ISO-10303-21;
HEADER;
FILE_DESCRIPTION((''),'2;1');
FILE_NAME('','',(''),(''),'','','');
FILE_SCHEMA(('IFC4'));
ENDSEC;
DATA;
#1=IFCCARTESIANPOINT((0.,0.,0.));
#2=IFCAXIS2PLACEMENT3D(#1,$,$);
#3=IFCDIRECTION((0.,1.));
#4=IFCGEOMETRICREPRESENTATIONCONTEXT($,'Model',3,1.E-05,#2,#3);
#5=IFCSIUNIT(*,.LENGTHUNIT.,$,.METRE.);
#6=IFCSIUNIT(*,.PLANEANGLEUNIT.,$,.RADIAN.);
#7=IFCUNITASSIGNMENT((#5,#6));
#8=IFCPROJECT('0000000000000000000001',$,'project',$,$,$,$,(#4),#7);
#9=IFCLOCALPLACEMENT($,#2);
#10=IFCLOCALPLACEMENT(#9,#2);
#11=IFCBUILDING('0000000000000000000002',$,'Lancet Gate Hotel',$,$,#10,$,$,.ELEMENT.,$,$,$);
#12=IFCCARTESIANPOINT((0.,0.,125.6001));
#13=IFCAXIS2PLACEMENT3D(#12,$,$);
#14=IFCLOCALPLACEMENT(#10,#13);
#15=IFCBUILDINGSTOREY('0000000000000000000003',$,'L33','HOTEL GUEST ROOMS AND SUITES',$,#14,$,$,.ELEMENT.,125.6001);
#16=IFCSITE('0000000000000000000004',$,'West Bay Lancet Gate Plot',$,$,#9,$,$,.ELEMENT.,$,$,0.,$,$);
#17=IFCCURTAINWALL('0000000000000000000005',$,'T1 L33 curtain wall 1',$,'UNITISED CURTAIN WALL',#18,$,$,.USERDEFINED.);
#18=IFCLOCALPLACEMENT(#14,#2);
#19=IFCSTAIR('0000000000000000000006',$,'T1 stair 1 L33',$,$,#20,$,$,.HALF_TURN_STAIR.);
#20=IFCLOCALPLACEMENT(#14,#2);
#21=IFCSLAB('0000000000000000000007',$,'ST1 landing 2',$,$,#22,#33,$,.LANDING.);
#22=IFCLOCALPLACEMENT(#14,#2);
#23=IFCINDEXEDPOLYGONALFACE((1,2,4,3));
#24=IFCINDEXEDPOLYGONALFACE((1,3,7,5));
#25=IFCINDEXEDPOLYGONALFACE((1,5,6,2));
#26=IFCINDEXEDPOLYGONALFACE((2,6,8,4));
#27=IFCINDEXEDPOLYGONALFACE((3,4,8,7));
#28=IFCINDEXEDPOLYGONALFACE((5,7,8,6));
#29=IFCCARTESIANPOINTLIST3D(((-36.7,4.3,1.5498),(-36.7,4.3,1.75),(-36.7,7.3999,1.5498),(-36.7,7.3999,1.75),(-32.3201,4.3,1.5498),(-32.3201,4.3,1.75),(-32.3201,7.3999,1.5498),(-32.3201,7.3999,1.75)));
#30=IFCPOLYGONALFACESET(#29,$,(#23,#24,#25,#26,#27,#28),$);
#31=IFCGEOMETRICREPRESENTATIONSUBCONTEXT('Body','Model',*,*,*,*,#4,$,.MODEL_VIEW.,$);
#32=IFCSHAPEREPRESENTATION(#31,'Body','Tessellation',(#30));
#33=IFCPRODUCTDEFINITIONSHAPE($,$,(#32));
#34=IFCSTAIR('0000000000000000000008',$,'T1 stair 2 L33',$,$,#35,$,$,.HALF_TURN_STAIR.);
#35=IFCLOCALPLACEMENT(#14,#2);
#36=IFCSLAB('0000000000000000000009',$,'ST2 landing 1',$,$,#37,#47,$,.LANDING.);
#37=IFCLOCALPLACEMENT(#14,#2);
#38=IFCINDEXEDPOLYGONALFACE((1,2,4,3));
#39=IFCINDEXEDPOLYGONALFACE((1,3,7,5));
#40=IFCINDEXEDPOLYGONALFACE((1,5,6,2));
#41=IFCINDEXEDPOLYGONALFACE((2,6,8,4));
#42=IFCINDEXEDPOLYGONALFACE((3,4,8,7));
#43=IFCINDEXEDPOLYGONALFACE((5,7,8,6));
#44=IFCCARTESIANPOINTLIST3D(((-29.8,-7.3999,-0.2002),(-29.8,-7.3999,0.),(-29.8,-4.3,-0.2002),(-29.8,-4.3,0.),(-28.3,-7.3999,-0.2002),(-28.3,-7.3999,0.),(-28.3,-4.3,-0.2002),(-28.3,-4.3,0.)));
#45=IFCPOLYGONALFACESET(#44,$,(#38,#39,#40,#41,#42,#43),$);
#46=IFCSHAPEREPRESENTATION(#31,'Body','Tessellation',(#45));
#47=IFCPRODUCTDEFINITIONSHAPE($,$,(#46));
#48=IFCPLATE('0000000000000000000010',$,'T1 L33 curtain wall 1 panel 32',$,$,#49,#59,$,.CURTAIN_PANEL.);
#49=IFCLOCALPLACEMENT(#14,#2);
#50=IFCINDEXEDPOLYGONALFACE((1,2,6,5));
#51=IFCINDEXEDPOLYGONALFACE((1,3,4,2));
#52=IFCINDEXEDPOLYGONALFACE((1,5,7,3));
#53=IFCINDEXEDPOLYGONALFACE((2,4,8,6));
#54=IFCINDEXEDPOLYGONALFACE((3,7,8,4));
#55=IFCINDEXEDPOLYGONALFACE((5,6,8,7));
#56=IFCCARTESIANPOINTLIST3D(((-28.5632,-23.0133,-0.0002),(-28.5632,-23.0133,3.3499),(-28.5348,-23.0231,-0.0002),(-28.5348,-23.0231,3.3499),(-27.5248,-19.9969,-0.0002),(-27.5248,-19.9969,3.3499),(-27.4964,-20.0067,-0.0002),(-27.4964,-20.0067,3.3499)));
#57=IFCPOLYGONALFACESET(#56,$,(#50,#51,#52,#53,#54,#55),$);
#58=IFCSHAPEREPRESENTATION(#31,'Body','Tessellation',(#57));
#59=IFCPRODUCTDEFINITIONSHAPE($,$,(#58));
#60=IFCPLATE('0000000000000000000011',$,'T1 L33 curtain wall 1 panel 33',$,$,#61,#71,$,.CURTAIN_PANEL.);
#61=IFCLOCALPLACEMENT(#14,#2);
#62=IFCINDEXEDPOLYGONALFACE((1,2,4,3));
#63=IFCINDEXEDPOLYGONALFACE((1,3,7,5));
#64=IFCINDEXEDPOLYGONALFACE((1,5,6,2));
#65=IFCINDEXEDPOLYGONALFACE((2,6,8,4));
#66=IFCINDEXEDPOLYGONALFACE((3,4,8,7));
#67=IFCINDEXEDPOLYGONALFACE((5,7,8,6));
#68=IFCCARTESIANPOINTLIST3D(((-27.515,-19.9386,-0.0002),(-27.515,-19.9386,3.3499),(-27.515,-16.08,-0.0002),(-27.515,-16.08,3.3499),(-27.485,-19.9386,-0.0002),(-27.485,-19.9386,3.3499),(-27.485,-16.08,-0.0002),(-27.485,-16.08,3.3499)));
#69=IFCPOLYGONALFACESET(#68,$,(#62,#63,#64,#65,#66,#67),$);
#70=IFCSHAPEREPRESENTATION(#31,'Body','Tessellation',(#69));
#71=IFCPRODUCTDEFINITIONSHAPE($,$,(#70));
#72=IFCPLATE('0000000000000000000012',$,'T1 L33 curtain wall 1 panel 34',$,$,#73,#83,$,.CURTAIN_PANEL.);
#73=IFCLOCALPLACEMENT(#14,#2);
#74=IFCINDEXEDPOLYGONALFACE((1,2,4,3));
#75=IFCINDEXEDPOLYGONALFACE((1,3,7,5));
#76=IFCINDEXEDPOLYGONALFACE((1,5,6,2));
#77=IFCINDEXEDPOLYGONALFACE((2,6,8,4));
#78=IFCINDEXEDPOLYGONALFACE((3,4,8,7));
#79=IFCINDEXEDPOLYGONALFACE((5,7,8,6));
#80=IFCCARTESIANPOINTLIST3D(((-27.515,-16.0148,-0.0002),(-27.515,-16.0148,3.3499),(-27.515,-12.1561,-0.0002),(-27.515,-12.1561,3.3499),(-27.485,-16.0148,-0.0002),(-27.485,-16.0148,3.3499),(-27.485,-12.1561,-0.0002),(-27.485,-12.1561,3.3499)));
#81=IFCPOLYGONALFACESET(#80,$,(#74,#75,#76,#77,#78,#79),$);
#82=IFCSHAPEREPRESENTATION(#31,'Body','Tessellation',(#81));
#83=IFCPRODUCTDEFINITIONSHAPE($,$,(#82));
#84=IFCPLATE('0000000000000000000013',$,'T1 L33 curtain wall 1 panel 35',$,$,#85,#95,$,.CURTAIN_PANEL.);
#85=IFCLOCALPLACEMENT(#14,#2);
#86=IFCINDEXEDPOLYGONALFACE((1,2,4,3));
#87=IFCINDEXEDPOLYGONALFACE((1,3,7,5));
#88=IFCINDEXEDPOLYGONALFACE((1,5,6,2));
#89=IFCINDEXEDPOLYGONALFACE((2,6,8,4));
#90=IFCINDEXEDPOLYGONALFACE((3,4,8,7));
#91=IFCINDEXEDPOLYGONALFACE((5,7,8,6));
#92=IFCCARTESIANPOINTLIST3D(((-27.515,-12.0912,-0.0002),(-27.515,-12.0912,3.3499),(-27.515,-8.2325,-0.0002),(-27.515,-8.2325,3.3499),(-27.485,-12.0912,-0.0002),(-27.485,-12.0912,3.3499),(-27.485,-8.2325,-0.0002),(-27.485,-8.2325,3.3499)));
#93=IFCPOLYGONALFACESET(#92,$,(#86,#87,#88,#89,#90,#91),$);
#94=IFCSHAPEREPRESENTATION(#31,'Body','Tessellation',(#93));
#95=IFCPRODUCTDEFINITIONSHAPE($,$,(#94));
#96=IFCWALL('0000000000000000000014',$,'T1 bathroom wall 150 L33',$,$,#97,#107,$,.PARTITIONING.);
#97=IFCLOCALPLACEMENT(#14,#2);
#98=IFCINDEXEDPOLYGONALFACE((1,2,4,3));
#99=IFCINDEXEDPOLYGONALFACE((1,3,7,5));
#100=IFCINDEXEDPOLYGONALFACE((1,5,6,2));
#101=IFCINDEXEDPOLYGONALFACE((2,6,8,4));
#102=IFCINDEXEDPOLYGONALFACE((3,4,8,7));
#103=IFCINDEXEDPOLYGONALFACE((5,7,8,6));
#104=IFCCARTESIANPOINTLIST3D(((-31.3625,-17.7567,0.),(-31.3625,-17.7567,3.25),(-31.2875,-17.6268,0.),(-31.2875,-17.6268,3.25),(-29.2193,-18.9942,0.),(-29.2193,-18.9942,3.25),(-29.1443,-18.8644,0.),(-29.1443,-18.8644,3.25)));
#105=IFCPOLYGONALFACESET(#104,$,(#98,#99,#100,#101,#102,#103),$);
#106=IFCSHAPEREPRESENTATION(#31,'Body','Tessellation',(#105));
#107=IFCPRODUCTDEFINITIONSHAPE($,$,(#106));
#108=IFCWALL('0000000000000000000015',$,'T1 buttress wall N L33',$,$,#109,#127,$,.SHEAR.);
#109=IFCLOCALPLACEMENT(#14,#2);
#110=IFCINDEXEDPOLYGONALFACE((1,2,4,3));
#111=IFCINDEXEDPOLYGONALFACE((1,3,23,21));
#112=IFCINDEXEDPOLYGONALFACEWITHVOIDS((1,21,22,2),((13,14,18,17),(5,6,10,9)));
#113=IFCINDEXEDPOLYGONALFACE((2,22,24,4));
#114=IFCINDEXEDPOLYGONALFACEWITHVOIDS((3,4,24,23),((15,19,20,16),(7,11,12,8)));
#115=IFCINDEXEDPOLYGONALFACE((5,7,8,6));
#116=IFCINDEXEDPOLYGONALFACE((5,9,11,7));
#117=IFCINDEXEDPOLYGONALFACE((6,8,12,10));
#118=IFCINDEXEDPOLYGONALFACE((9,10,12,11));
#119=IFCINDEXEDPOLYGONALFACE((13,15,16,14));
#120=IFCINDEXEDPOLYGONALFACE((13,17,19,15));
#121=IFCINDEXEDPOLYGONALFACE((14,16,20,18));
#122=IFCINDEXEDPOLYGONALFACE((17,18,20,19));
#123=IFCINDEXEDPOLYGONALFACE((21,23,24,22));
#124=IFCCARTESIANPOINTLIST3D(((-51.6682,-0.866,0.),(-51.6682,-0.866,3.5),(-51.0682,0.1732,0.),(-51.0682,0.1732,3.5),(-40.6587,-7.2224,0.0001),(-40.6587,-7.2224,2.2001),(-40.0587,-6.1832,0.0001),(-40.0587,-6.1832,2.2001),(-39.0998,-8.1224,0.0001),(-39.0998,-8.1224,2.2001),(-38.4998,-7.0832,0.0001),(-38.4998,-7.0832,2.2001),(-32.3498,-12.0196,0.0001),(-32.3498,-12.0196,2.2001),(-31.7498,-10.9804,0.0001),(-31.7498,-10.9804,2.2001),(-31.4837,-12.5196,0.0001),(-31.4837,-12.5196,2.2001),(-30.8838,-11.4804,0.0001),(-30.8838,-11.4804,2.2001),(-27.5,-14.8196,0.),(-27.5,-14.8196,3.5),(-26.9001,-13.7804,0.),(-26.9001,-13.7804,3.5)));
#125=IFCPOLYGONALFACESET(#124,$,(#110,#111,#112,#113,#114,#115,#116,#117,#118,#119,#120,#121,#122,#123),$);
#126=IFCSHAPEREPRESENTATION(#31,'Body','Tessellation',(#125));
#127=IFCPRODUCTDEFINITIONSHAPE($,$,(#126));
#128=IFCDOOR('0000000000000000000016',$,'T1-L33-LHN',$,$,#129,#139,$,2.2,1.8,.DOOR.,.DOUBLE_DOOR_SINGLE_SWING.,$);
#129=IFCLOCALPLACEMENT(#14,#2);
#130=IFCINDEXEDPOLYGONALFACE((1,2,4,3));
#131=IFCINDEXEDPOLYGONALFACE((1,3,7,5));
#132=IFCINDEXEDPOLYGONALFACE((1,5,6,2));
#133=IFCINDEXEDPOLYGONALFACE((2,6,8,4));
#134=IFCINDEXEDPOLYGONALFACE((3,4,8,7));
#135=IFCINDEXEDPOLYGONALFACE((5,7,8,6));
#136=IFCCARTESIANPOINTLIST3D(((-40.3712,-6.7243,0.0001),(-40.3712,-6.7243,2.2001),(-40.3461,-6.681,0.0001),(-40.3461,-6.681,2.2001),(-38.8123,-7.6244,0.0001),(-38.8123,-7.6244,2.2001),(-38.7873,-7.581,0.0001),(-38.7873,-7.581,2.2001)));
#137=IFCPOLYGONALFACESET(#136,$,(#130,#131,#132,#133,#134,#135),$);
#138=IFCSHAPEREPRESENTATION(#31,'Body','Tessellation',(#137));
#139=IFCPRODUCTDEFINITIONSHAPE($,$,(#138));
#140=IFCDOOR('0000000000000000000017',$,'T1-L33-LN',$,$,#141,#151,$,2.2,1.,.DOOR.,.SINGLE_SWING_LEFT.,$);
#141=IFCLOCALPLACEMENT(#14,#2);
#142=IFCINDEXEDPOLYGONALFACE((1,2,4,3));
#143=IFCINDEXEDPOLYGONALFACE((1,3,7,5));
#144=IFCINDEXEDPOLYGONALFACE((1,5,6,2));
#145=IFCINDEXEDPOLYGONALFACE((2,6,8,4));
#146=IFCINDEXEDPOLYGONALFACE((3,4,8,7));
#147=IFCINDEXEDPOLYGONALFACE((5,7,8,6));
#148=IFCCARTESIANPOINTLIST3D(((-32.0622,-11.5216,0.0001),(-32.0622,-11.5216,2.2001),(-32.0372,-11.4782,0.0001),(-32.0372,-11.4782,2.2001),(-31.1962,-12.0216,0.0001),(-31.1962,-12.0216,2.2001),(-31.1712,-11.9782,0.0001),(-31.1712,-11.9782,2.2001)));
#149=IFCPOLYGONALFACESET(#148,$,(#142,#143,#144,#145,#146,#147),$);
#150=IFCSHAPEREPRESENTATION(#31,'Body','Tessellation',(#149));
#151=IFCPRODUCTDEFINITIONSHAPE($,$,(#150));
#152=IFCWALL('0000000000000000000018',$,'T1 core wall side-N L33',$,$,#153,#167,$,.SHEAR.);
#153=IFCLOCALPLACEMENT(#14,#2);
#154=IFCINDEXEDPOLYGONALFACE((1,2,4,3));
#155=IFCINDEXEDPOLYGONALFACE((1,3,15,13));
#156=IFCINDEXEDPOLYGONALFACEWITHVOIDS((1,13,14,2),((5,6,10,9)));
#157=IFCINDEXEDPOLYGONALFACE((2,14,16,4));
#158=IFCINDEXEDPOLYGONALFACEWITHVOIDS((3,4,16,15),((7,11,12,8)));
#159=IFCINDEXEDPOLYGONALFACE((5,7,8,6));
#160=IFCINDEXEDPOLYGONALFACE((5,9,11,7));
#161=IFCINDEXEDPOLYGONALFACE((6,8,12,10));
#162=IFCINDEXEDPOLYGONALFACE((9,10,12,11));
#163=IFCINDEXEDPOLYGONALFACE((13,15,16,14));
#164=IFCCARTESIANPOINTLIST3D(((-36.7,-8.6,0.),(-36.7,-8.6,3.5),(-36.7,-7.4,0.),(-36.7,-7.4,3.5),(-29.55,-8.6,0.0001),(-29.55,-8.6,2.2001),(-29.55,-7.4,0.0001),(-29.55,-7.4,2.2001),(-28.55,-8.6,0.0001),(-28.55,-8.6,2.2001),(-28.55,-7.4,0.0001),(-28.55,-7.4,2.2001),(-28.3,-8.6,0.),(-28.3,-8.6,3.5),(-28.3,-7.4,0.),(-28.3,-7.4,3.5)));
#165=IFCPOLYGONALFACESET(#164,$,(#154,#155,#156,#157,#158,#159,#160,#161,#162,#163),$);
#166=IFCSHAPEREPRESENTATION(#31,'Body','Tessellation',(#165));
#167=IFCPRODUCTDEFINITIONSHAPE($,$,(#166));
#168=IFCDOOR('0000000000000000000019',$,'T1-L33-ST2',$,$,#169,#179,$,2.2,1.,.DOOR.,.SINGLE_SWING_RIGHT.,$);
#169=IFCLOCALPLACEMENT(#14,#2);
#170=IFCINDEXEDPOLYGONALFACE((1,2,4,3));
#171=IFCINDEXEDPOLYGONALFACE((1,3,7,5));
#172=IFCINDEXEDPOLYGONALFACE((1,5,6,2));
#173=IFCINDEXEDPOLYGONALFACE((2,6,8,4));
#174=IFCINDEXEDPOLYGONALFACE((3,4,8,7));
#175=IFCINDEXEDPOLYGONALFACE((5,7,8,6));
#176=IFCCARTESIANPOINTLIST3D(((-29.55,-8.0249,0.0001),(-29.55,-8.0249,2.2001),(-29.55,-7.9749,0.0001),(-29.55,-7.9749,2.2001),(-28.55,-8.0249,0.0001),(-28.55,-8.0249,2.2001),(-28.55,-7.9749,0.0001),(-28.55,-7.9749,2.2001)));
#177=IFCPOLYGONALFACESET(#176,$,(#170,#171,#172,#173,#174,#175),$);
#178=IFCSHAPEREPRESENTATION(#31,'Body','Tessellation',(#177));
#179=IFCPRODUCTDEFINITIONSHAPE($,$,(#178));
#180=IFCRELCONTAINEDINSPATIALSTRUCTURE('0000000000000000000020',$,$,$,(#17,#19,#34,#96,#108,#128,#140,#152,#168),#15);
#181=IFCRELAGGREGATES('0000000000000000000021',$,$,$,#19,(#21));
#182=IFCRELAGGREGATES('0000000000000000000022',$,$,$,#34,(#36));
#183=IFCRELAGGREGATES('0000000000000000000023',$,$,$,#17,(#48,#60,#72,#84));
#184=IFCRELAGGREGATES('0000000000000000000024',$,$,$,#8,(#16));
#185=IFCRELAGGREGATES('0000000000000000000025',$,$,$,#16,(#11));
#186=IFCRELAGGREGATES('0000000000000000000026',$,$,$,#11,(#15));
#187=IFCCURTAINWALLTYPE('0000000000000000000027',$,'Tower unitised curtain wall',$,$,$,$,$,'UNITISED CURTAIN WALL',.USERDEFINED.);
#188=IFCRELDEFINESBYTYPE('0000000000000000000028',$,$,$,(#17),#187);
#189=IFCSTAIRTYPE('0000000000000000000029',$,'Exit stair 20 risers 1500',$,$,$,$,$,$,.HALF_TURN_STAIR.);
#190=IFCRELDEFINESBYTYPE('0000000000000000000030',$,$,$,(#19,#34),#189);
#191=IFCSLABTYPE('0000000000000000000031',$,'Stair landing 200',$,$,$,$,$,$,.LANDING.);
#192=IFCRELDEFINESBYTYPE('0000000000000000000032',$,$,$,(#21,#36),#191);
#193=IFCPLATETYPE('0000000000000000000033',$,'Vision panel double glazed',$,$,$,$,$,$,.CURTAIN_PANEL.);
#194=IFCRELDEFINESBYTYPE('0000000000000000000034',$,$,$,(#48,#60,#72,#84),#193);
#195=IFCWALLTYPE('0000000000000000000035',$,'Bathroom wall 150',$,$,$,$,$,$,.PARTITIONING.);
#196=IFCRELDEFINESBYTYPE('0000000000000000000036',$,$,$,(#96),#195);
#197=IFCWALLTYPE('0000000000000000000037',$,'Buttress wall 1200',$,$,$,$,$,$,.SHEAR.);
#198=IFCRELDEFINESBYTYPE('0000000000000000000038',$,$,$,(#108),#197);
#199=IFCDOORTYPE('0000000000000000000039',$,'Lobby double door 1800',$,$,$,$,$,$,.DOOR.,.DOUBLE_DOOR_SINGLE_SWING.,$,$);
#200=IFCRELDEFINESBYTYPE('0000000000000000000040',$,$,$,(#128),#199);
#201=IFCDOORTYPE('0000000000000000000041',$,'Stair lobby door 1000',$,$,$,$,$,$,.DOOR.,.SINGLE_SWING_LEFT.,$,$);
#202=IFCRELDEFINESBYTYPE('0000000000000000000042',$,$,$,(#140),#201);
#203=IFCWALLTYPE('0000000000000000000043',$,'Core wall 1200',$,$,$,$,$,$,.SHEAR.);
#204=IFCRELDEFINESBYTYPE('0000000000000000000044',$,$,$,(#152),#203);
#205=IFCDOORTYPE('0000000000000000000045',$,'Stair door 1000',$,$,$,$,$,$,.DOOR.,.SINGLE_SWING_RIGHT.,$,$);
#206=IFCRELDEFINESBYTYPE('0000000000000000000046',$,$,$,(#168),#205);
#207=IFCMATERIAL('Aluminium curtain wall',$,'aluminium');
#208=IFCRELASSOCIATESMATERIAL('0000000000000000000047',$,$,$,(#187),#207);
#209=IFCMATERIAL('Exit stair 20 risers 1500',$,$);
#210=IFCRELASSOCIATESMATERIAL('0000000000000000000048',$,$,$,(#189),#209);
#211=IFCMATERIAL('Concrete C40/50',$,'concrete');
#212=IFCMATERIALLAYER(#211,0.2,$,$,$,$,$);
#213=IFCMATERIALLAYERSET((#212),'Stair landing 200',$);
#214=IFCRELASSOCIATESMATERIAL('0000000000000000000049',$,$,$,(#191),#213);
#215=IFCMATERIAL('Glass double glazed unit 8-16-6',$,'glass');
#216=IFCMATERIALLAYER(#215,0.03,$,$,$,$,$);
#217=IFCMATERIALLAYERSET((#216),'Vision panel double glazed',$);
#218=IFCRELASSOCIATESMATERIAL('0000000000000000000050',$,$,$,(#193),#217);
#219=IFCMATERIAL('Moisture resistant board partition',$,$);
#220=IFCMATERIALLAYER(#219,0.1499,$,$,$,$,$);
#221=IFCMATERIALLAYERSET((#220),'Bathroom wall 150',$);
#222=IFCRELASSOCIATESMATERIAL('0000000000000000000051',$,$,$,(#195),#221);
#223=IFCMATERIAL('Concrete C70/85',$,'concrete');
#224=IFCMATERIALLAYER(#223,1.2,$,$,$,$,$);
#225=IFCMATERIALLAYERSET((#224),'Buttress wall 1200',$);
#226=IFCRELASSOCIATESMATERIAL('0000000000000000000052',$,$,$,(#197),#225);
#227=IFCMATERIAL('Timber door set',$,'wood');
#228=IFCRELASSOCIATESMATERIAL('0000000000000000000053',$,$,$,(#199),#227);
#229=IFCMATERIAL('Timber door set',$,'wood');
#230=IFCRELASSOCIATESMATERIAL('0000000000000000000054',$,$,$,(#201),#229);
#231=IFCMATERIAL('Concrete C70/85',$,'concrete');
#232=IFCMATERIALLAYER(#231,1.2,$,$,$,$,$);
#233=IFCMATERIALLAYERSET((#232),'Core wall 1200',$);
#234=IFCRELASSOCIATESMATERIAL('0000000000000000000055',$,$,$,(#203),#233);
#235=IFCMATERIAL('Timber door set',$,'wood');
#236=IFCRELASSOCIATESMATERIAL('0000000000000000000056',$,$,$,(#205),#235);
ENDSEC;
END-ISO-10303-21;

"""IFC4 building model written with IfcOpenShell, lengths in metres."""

from ifc_helpers import new_model, si_unit, direction, frame, frame_2d, origin, origin_2d, place, context, subcontext, project, spatial, polyline, rectangle, outline, extrude, material, layer, layer_set, type_object, element, fill, aggregate, save


model = new_model("IFC4")

# Units and contexts
model_context = context("Model", 3, precision=1e-05, world=origin(), true_north=direction((0.0, 1.0)))
body_context = subcontext(model_context, "Body", "Model", "MODEL_VIEW")
ifc_project = project(units=[si_unit("LENGTHUNIT", "METRE"), si_unit("PLANEANGLEUNIT", "RADIAN")], contexts=[model_context])

# Site, building, storey
site_placement = place(None, origin())
site = spatial("IfcSite", under=ifc_project, at=site_placement, Name="West Bay Lancet Gate Plot", CompositionType="ELEMENT", RefElevation=0.0)
building_placement = place(site_placement, origin())
building = spatial("IfcBuilding", under=site, at=building_placement, Name="Lancet Gate Hotel", CompositionType="ELEMENT")
storey_placement = place(building_placement, frame((0.0, 0.0, 125.6001)))
storey = spatial("IfcBuildingStorey", under=building, at=storey_placement, Name="L33", Description="HOTEL GUEST ROOMS AND SUITES", CompositionType="ELEMENT", Elevation=125.6001)

# Curtain wall
ifc_material_1 = material(Name="Aluminium curtain wall", Category="aluminium")
curtain_wall_type = type_object("IfcCurtainWallType", Name="Tower unitised curtain wall", ElementType="UNITISED CURTAIN WALL", PredefinedType="USERDEFINED", material=ifc_material_1)
curtain_wall_placement = place(storey_placement, origin())
curtain_wall = element("IfcCurtainWall", 1, at=curtain_wall_placement, inside=storey, type_object=curtain_wall_type, Name="T1 L33 curtain wall 1", ObjectType="UNITISED CURTAIN WALL", PredefinedType="USERDEFINED")

# Stair, slab
ifc_material_2 = material(Name="Exit stair 20 risers 1500")
stair_type = type_object("IfcStairType", Name="Exit stair 20 risers 1500", PredefinedType="HALF_TURN_STAIR", material=ifc_material_2)
stair_1_placement = place(storey_placement, origin())
stair_1 = element("IfcStair", 2, at=stair_1_placement, inside=storey, type_object=stair_type, Name="T1 stair 1 L33", PredefinedType="HALF_TURN_STAIR")
ifc_material_3 = material(Name="Concrete C40/50", Category="concrete")
ifc_layer_1 = layer(ifc_material_3, 0.2)
ifc_layer_set_1 = layer_set([ifc_layer_1], Name="Stair landing 200")
slab_type_1 = type_object("IfcSlabType", Name="Stair landing 200", PredefinedType="LANDING", material=ifc_layer_set_1)
slab_1_placement = place(storey_placement, frame((0.0, 0.0, 1.5498)))
slab_1 = element("IfcSlab", 3, at=slab_1_placement, type_object=slab_type_1, Name="ST1 landing 2", PredefinedType="LANDING", context=body_context, shape_type="SweptSolid", body=[
    extrude(outline(polyline([(-32.3201, 7.3999), (-36.7, 7.3999), (-36.7, 4.3), (-32.3201, 4.3), (-32.3201, 7.3999)])), origin(), (0.0, 0.0, 1.0), 0.2002),
])
aggregate(stair_1, [slab_1])

# Stair, slab
stair_2_placement = place(storey_placement, origin())
stair_2 = element("IfcStair", 4, at=stair_2_placement, inside=storey, type_object=stair_type, Name="T1 stair 2 L33", PredefinedType="HALF_TURN_STAIR")
slab_2_placement = place(storey_placement, frame((0.0, 0.0, -0.2002)))
slab_2 = element("IfcSlab", 5, at=slab_2_placement, type_object=slab_type_1, Name="ST2 landing 1", PredefinedType="LANDING", context=body_context, shape_type="SweptSolid", body=[
    extrude(outline(polyline([(-28.3, -4.3), (-29.8, -4.3), (-29.8, -7.3999), (-28.3, -7.3999), (-28.3, -4.3)])), origin(), (0.0, 0.0, 1.0), 0.2002),
])
aggregate(stair_2, [slab_2])

# Plates
ifc_material_4 = material(Name="Glass double glazed unit 8-16-6", Category="glass")
ifc_layer_2 = layer(ifc_material_4, 0.03)
ifc_layer_set_2 = layer_set([ifc_layer_2], Name="Vision panel double glazed")
plate_type = type_object("IfcPlateType", Name="Vision panel double glazed", PredefinedType="CURTAIN_PANEL", material=ifc_layer_set_2)
plate_1_placement = place(storey_placement, frame((-28.0298, -21.51, -0.0002), z_axis=(0.0, 0.0, 1.0), x_axis=(0.325516, 0.945537, 0.0)))
plate_1 = element("IfcPlate", 6, at=plate_1_placement, type_object=plate_type, Name="T1 L33 curtain wall 1 panel 32", PredefinedType="CURTAIN_PANEL", context=body_context, shape_type="SweptSolid", body=[
    extrude(rectangle(XDim=3.1902, YDim=0.03, at=origin_2d()), origin(), (0.0, 0.0, 1.0), 3.3501),
])
plate_2_placement = place(storey_placement, frame((-27.5, -18.0093, -0.0002), z_axis=(0.0, 0.0, 1.0), x_axis=(0.0, 1.0, 0.0)))
plate_2 = element("IfcPlate", 7, at=plate_2_placement, type_object=plate_type, Name="T1 L33 curtain wall 1 panel 33", PredefinedType="CURTAIN_PANEL", context=body_context, shape_type="SweptSolid", body=[
    extrude(rectangle(XDim=3.8586, YDim=0.03, at=origin_2d()), origin(), (0.0, 0.0, 1.0), 3.3501),
])
plate_3_placement = place(storey_placement, frame((-27.5, -14.0854, -0.0002), z_axis=(0.0, 0.0, 1.0), x_axis=(0.0, 1.0, 0.0)))
plate_3 = element("IfcPlate", 8, at=plate_3_placement, type_object=plate_type, Name="T1 L33 curtain wall 1 panel 34", PredefinedType="CURTAIN_PANEL", context=body_context, shape_type="SweptSolid", body=[
    extrude(rectangle(XDim=3.8586, YDim=0.03, at=origin_2d()), origin(), (0.0, 0.0, 1.0), 3.3501),
])
plate_4_placement = place(storey_placement, frame((-27.5, -10.1619, -0.0002), z_axis=(0.0, 0.0, 1.0), x_axis=(0.0, 1.0, 0.0)))
plate_4 = element("IfcPlate", 9, at=plate_4_placement, type_object=plate_type, Name="T1 L33 curtain wall 1 panel 35", PredefinedType="CURTAIN_PANEL", context=body_context, shape_type="SweptSolid", body=[
    extrude(rectangle(XDim=3.8586, YDim=0.03, at=origin_2d()), origin(), (0.0, 0.0, 1.0), 3.3501),
])
aggregate(curtain_wall, [plate_1, plate_2, plate_3, plate_4])

# Wall
ifc_material_5 = material(Name="Moisture resistant board partition")
ifc_layer_3 = layer(ifc_material_5, 0.1499)
ifc_layer_set_3 = layer_set([ifc_layer_3], Name="Bathroom wall 150")
wall_type_1 = type_object("IfcWallType", Name="Bathroom wall 150", PredefinedType="PARTITIONING", material=ifc_layer_set_3)
wall_1_placement = place(storey_placement, frame((-29.1819, -18.9292, 0.0), z_axis=(0.0, 0.0, 1.0), x_axis=(-0.866007, 0.500033, 0.0)))
element("IfcWall", 10, at=wall_1_placement, inside=storey, type_object=wall_type_1, Name="T1 bathroom wall 150 L33", PredefinedType="PARTITIONING", context=body_context, shape_type="SweptSolid", body=[
    extrude(rectangle(XDim=2.4749, YDim=0.1499, at=frame_2d((1.2373, 0.0))), origin(), (0.0, 0.0, 1.0), 3.25),
])

# Wall, openings, doors
ifc_material_6 = material(Name="Concrete C70/85", Category="concrete")
ifc_layer_4 = layer(ifc_material_6, 1.2)
ifc_layer_set_4 = layer_set([ifc_layer_4], Name="Buttress wall 1200")
wall_type_2 = type_object("IfcWallType", Name="Buttress wall 1200", PredefinedType="SHEAR", material=ifc_layer_set_4)
wall_2_placement = place(storey_placement, frame((-27.2, -14.3, 0.0), z_axis=(0.0, 0.0, 1.0), x_axis=(-0.866024, 0.500002, 0.0)))
wall_2 = element("IfcWall", 11, at=wall_2_placement, inside=storey, type_object=wall_type_2, Name="T1 buttress wall N L33", PredefinedType="SHEAR", context=body_context, shape_type="SweptSolid", body=[
    extrude(rectangle(XDim=27.907, YDim=1.2, at=frame_2d((13.9536, 0.0))), origin(), (0.0, 0.0, 1.0), 3.5),
])
opening_1_placement = place(wall_2_placement, frame((4.6001, 0.0, 0.0)))
opening_1 = element("IfcOpeningElement", 12, at=opening_1_placement, cuts=wall_2, PredefinedType="OPENING", context=body_context, shape_type="SweptSolid", body=[
    extrude(rectangle(XDim=1.0, YDim=2.2, at=frame_2d((0.5, 1.1001))), frame((0.0, 0.6099, 0.0), z_axis=(0.0, -1.0, 0.0), x_axis=(1.0, 0.0, 0.0)), (0.0, 0.0, 1.0), 1.22),
])
opening_2_placement = place(wall_2_placement, frame((13.3945, 0.0, 0.0)))
opening_2 = element("IfcOpeningElement", 13, at=opening_2_placement, cuts=wall_2, PredefinedType="OPENING", context=body_context, shape_type="SweptSolid", body=[
    extrude(rectangle(XDim=1.8, YDim=2.2, at=frame_2d((0.8999, 1.1001))), frame((0.0, 0.6099, 0.0), z_axis=(0.0, -1.0, 0.0), x_axis=(1.0, 0.0, 0.0)), (0.0, 0.0, 1.0), 1.22),
])
ifc_material_7 = material(Name="Timber door set", Category="wood")
door_type_1 = type_object("IfcDoorType", Name="Lobby double door 1800", OperationType="DOUBLE_DOOR_SINGLE_SWING", PredefinedType="DOOR", material=ifc_material_7)
door_1_placement = place(opening_2_placement, origin())
door_1 = element("IfcDoor", 14, at=door_1_placement, inside=storey, type_object=door_type_1, Name="T1-L33-LHN", OperationType="DOUBLE_DOOR_SINGLE_SWING", OverallHeight=2.2, OverallWidth=1.8, PredefinedType="DOOR", context=body_context, shape_type="SweptSolid", body=[
    extrude(rectangle(XDim=1.8, YDim=2.2, at=frame_2d((0.8999, 1.1001))), frame((0.0, 0.0249, 0.0), z_axis=(0.0, -1.0, 0.0), x_axis=(1.0, 0.0, 0.0)), (0.0, 0.0, 1.0), 0.05),
])
fill(opening_2, door_1)
ifc_material_8 = material(Name="Timber door set", Category="wood")
door_type_2 = type_object("IfcDoorType", Name="Stair lobby door 1000", OperationType="SINGLE_SWING_LEFT", PredefinedType="DOOR", material=ifc_material_8)
door_2_placement = place(opening_1_placement, origin())
door_2 = element("IfcDoor", 15, at=door_2_placement, inside=storey, type_object=door_type_2, Name="T1-L33-LN", OperationType="SINGLE_SWING_LEFT", OverallHeight=2.2, OverallWidth=1.0, PredefinedType="DOOR", context=body_context, shape_type="SweptSolid", body=[
    extrude(rectangle(XDim=1.0, YDim=2.2, at=frame_2d((0.5, 1.1001))), frame((0.0, 0.0249, 0.0), z_axis=(0.0, -1.0, 0.0), x_axis=(1.0, 0.0, 0.0)), (0.0, 0.0, 1.0), 0.05),
])
fill(opening_1, door_2)

# Wall, opening, door
ifc_material_9 = material(Name="Concrete C70/85", Category="concrete")
ifc_layer_5 = layer(ifc_material_9, 1.2)
ifc_layer_set_5 = layer_set([ifc_layer_5], Name="Core wall 1200")
wall_type_3 = type_object("IfcWallType", Name="Core wall 1200", PredefinedType="SHEAR", material=ifc_layer_set_5)
wall_3_placement = place(storey_placement, frame((-28.3, -8.0, 0.0), z_axis=(0.0, 0.0, 1.0), x_axis=(-1.0, 0.0, 0.0)))
wall_3 = element("IfcWall", 16, at=wall_3_placement, inside=storey, type_object=wall_type_3, Name="T1 core wall side-N L33", PredefinedType="SHEAR", context=body_context, shape_type="SweptSolid", body=[
    extrude(rectangle(XDim=8.3999, YDim=1.2, at=frame_2d((4.2, 0.0))), origin(), (0.0, 0.0, 1.0), 3.5),
])
opening_3_placement = place(wall_3_placement, frame((0.25, 0.0, 0.0)))
opening_3 = element("IfcOpeningElement", 17, at=opening_3_placement, cuts=wall_3, PredefinedType="OPENING", context=body_context, shape_type="SweptSolid", body=[
    extrude(rectangle(XDim=1.0, YDim=2.2, at=frame_2d((0.5, 1.1001))), frame((0.0, 0.6099, 0.0), z_axis=(0.0, -1.0, 0.0), x_axis=(1.0, 0.0, 0.0)), (0.0, 0.0, 1.0), 1.22),
])
ifc_material_10 = material(Name="Timber door set", Category="wood")
door_type_3 = type_object("IfcDoorType", Name="Stair door 1000", OperationType="SINGLE_SWING_RIGHT", PredefinedType="DOOR", material=ifc_material_10)
door_3_placement = place(opening_3_placement, origin())
door_3 = element("IfcDoor", 18, at=door_3_placement, inside=storey, type_object=door_type_3, Name="T1-L33-ST2", OperationType="SINGLE_SWING_RIGHT", OverallHeight=2.2, OverallWidth=1.0, PredefinedType="DOOR", context=body_context, shape_type="SweptSolid", body=[
    extrude(rectangle(XDim=1.0, YDim=2.2, at=frame_2d((0.5, 1.1001))), frame((0.0, 0.0249, 0.0), z_axis=(0.0, -1.0, 0.0), x_axis=(1.0, 0.0, 0.0)), (0.0, 0.0, 1.0), 0.05),
])
fill(opening_3, door_3)

save(model, "model.ifc")
